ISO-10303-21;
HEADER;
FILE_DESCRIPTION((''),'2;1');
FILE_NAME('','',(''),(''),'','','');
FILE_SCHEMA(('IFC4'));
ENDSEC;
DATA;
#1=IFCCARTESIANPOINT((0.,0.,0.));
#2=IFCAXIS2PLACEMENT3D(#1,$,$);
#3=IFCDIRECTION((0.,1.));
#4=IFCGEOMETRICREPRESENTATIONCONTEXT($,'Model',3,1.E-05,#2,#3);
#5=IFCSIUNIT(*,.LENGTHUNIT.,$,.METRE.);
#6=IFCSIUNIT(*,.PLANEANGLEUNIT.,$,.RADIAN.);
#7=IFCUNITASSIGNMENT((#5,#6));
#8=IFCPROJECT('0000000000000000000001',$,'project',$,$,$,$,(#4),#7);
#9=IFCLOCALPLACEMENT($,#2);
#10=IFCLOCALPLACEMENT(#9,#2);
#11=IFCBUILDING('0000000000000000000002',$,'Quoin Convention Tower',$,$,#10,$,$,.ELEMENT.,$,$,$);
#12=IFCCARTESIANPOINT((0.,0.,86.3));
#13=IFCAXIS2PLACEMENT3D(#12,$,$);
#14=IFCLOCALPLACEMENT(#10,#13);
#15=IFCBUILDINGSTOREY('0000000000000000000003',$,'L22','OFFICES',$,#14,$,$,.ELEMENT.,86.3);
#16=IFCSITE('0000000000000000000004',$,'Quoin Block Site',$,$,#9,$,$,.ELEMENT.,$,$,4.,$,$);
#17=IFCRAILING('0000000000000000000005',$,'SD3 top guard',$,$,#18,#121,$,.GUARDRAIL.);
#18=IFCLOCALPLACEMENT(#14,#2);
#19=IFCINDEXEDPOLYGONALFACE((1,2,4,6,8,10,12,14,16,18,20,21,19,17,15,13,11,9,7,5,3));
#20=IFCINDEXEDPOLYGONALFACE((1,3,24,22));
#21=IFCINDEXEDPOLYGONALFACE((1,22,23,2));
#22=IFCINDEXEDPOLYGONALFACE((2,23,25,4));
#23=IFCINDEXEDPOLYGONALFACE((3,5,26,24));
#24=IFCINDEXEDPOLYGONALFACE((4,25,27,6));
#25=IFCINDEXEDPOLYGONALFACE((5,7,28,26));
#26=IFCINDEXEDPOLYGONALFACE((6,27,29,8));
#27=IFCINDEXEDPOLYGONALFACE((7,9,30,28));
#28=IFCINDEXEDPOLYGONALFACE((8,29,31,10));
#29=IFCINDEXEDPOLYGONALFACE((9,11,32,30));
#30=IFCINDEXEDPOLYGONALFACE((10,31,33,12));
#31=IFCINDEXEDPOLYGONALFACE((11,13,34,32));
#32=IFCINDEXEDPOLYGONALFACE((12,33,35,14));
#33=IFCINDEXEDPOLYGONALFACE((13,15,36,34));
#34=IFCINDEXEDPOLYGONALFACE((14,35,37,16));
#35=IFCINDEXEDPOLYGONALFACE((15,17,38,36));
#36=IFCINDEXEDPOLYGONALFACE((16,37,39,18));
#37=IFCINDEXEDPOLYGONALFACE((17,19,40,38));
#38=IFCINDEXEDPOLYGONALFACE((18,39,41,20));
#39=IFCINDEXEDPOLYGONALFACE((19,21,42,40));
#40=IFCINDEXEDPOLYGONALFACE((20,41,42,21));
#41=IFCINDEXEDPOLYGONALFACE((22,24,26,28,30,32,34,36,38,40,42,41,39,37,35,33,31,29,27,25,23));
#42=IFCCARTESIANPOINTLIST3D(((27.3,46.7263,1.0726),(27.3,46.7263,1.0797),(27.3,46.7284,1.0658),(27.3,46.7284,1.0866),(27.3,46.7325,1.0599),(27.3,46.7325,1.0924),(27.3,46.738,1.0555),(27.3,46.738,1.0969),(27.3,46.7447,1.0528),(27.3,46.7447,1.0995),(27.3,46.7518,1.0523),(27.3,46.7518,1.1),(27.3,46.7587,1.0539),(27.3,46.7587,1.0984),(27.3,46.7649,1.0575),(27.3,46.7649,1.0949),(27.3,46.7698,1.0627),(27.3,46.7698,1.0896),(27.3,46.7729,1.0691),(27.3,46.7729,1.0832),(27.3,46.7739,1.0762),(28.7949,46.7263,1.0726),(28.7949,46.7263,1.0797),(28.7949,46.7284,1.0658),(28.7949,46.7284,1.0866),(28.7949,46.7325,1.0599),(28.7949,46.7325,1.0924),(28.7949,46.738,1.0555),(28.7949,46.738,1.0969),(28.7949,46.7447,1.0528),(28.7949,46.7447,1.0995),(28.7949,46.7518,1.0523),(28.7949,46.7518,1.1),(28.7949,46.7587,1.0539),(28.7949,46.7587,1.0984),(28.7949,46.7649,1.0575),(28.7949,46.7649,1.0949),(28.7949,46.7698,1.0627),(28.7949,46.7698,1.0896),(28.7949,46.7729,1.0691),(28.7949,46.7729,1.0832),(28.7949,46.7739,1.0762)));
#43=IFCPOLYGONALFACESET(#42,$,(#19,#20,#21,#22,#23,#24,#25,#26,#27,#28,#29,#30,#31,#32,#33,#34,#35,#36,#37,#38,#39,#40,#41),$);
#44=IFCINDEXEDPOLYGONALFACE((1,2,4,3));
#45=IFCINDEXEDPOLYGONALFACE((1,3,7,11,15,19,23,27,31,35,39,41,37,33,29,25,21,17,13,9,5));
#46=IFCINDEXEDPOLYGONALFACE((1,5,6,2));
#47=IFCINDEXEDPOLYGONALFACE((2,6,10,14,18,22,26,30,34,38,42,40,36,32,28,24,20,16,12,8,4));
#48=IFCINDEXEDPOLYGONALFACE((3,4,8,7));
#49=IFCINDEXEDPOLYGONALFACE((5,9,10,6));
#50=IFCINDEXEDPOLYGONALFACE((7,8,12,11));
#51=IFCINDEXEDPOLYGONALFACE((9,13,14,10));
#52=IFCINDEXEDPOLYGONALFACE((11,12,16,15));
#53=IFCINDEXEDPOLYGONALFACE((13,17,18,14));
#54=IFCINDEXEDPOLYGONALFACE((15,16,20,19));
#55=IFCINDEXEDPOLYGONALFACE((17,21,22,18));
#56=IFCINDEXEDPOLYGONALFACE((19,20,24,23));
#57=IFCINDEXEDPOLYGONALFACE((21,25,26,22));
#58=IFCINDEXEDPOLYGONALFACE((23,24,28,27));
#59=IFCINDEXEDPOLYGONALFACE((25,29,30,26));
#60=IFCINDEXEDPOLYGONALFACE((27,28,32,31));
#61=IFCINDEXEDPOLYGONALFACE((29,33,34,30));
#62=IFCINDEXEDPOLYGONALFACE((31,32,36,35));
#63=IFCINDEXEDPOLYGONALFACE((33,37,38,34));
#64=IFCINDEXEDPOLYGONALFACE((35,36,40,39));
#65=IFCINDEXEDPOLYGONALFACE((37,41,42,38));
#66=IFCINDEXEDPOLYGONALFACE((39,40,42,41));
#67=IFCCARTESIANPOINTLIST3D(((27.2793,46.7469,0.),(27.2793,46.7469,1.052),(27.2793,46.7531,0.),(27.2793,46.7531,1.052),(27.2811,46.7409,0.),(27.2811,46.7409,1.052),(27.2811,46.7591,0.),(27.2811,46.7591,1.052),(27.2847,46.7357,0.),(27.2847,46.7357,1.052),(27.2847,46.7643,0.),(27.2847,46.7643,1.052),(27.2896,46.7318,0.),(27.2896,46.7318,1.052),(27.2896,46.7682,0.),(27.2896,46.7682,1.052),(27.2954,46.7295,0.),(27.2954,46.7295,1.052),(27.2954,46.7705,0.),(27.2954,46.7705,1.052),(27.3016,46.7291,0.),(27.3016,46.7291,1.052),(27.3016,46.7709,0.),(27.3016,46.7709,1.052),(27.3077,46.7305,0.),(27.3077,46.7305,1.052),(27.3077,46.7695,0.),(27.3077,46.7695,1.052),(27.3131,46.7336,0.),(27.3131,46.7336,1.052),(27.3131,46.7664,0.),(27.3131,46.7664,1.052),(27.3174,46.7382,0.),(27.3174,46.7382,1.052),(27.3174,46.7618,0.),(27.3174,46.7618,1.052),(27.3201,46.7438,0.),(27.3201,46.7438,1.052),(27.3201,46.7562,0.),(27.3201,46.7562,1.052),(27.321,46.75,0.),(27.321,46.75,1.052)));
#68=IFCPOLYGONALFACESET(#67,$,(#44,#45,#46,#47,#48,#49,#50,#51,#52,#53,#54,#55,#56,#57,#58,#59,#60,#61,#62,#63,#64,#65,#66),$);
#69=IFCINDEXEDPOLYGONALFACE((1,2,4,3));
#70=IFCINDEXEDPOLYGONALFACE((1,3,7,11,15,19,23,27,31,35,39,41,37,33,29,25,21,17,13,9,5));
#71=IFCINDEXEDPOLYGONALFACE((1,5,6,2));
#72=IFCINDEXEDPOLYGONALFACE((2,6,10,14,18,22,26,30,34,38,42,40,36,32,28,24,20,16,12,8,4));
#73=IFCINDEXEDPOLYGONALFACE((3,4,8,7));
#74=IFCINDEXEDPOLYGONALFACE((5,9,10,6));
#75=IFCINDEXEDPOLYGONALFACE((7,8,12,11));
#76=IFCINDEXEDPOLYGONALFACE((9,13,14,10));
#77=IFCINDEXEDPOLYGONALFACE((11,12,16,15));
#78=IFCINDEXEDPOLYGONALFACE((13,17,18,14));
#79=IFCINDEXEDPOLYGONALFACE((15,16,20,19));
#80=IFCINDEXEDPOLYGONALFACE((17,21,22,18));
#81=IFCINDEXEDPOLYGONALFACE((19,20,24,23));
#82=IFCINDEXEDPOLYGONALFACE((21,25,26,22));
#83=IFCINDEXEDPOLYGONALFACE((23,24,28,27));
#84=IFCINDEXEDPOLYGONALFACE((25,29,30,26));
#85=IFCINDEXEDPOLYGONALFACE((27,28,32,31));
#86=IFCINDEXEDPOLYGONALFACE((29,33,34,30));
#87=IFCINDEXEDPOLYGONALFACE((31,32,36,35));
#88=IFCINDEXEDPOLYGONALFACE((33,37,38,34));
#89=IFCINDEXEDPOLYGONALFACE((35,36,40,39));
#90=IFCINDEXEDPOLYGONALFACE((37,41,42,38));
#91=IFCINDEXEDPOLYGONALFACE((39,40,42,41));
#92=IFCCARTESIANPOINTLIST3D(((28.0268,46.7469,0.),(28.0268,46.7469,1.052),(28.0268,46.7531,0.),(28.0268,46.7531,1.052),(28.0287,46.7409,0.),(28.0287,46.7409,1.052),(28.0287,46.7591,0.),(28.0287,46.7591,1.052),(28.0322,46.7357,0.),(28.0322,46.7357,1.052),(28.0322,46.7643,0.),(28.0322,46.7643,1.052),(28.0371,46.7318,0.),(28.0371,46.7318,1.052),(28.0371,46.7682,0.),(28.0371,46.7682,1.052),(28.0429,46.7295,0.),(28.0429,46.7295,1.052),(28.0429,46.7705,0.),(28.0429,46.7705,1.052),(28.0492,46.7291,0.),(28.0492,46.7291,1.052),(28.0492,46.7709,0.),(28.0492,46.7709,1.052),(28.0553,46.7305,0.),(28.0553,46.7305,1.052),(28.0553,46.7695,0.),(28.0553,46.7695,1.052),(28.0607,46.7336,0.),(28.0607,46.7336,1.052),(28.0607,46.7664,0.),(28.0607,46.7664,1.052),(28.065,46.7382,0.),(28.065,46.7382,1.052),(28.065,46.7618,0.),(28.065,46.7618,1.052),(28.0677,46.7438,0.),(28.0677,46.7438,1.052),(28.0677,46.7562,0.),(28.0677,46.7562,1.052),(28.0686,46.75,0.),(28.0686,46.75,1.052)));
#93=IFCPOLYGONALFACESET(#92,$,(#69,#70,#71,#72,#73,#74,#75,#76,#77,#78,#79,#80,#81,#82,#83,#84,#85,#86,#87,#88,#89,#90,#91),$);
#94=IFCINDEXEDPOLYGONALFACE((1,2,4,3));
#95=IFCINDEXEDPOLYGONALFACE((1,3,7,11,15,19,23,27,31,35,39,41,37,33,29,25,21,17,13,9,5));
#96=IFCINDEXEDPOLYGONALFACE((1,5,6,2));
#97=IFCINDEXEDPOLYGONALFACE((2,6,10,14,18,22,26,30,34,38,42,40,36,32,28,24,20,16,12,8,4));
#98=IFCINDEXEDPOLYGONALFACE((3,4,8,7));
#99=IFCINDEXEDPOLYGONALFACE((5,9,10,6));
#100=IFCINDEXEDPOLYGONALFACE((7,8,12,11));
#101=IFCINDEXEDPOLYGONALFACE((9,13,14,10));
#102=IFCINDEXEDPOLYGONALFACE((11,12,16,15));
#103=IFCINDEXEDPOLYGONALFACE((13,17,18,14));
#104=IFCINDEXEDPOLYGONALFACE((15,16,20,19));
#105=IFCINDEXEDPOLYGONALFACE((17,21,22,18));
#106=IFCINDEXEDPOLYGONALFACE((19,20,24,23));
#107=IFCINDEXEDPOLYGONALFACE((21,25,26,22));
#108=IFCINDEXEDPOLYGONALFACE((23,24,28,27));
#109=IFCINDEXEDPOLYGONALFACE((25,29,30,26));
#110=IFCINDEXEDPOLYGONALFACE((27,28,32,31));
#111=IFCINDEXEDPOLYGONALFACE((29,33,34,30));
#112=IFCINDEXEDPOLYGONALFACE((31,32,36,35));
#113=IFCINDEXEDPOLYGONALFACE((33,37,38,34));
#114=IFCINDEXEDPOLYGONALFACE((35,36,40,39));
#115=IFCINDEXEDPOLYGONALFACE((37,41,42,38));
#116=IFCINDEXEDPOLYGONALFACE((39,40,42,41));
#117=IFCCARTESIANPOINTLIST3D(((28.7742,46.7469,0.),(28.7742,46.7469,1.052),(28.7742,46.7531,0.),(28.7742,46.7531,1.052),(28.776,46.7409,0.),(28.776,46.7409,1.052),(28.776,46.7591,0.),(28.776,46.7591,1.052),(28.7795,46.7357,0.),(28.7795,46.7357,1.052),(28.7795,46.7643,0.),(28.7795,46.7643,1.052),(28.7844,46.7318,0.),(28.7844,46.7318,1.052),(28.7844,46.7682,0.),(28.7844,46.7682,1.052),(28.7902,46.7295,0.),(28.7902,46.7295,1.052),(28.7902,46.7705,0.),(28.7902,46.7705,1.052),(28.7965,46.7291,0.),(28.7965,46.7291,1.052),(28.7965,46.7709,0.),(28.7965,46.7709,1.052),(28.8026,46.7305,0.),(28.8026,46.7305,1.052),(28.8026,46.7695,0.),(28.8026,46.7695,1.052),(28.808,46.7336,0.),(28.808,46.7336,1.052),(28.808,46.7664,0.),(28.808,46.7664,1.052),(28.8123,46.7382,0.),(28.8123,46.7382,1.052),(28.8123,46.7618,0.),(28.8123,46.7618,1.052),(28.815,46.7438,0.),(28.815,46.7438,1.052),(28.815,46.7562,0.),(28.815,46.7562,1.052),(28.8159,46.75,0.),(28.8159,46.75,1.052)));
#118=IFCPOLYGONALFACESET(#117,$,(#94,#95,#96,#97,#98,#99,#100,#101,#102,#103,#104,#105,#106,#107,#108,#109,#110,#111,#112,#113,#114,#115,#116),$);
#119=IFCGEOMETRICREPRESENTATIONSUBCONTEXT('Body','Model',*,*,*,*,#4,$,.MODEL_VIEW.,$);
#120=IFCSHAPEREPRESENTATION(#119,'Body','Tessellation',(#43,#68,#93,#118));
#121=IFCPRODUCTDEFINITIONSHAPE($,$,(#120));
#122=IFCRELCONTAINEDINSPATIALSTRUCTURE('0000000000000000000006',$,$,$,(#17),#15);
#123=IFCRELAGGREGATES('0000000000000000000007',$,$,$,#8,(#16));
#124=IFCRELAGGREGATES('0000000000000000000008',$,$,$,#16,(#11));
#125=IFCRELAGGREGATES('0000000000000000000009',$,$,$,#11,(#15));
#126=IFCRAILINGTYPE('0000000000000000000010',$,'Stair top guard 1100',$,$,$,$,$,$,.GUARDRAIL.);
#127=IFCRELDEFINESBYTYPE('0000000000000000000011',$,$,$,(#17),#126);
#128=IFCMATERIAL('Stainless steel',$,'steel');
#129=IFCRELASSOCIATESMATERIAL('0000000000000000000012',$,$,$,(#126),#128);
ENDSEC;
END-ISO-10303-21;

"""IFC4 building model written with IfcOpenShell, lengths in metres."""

from ifc_helpers import new_model, si_unit, direction, frame, origin, origin_2d, place, context, subcontext, project, spatial, circle, extrude, material, type_object, element, save


model = new_model("IFC4")

# Units and contexts
model_context = context("Model", 3, precision=1e-05, world=origin(), true_north=direction((0.0, 1.0)))
body_context = subcontext(model_context, "Body", "Model", "MODEL_VIEW")
ifc_project = project(units=[si_unit("LENGTHUNIT", "METRE"), si_unit("PLANEANGLEUNIT", "RADIAN")], contexts=[model_context])

# Site, building, storey
site_placement = place(None, origin())
site = spatial("IfcSite", under=ifc_project, at=site_placement, Name="Quoin Block Site", CompositionType="ELEMENT", RefElevation=4.0)
building_placement = place(site_placement, origin())
building = spatial("IfcBuilding", under=site, at=building_placement, Name="Quoin Convention Tower", CompositionType="ELEMENT")
storey_placement = place(building_placement, frame((0.0, 0.0, 86.3)))
storey = spatial("IfcBuildingStorey", under=building, at=storey_placement, Name="L22", Description="OFFICES", CompositionType="ELEMENT", Elevation=86.3)

# Railing
ifc_material_1 = material(Name="Stainless steel", Category="steel")
railing_type = type_object("IfcRailingType", Name="Stair top guard 1100", PredefinedType="GUARDRAIL", material=ifc_material_1)
railing_placement = place(storey_placement, frame((27.3, 46.75, 0.0)))
element("IfcRailing", 1, at=railing_placement, inside=storey, type_object=railing_type, Name="SD3 top guard", PredefinedType="GUARDRAIL", context=body_context, shape_type="SweptSolid", body=[
    extrude(circle(Radius=0.0239, at=origin_2d()), frame((0.0, 0.0, 1.0762), z_axis=(1.0, 0.0, 0.0), x_axis=(0.0, 1.0, 0.0)), (0.0, 0.0, 1.0), 1.4949),
    extrude(circle(Radius=0.021, at=origin_2d()), origin(), (0.0, 0.0, 1.0), 1.052),
    extrude(circle(Radius=0.021, at=origin_2d()), frame((0.7476, 0.0, 0.0)), (0.0, 0.0, 1.0), 1.052),
    extrude(circle(Radius=0.021, at=origin_2d()), frame((1.4949, 0.0, 0.0)), (0.0, 0.0, 1.0), 1.052),
])

save(model, "model.ifc")
